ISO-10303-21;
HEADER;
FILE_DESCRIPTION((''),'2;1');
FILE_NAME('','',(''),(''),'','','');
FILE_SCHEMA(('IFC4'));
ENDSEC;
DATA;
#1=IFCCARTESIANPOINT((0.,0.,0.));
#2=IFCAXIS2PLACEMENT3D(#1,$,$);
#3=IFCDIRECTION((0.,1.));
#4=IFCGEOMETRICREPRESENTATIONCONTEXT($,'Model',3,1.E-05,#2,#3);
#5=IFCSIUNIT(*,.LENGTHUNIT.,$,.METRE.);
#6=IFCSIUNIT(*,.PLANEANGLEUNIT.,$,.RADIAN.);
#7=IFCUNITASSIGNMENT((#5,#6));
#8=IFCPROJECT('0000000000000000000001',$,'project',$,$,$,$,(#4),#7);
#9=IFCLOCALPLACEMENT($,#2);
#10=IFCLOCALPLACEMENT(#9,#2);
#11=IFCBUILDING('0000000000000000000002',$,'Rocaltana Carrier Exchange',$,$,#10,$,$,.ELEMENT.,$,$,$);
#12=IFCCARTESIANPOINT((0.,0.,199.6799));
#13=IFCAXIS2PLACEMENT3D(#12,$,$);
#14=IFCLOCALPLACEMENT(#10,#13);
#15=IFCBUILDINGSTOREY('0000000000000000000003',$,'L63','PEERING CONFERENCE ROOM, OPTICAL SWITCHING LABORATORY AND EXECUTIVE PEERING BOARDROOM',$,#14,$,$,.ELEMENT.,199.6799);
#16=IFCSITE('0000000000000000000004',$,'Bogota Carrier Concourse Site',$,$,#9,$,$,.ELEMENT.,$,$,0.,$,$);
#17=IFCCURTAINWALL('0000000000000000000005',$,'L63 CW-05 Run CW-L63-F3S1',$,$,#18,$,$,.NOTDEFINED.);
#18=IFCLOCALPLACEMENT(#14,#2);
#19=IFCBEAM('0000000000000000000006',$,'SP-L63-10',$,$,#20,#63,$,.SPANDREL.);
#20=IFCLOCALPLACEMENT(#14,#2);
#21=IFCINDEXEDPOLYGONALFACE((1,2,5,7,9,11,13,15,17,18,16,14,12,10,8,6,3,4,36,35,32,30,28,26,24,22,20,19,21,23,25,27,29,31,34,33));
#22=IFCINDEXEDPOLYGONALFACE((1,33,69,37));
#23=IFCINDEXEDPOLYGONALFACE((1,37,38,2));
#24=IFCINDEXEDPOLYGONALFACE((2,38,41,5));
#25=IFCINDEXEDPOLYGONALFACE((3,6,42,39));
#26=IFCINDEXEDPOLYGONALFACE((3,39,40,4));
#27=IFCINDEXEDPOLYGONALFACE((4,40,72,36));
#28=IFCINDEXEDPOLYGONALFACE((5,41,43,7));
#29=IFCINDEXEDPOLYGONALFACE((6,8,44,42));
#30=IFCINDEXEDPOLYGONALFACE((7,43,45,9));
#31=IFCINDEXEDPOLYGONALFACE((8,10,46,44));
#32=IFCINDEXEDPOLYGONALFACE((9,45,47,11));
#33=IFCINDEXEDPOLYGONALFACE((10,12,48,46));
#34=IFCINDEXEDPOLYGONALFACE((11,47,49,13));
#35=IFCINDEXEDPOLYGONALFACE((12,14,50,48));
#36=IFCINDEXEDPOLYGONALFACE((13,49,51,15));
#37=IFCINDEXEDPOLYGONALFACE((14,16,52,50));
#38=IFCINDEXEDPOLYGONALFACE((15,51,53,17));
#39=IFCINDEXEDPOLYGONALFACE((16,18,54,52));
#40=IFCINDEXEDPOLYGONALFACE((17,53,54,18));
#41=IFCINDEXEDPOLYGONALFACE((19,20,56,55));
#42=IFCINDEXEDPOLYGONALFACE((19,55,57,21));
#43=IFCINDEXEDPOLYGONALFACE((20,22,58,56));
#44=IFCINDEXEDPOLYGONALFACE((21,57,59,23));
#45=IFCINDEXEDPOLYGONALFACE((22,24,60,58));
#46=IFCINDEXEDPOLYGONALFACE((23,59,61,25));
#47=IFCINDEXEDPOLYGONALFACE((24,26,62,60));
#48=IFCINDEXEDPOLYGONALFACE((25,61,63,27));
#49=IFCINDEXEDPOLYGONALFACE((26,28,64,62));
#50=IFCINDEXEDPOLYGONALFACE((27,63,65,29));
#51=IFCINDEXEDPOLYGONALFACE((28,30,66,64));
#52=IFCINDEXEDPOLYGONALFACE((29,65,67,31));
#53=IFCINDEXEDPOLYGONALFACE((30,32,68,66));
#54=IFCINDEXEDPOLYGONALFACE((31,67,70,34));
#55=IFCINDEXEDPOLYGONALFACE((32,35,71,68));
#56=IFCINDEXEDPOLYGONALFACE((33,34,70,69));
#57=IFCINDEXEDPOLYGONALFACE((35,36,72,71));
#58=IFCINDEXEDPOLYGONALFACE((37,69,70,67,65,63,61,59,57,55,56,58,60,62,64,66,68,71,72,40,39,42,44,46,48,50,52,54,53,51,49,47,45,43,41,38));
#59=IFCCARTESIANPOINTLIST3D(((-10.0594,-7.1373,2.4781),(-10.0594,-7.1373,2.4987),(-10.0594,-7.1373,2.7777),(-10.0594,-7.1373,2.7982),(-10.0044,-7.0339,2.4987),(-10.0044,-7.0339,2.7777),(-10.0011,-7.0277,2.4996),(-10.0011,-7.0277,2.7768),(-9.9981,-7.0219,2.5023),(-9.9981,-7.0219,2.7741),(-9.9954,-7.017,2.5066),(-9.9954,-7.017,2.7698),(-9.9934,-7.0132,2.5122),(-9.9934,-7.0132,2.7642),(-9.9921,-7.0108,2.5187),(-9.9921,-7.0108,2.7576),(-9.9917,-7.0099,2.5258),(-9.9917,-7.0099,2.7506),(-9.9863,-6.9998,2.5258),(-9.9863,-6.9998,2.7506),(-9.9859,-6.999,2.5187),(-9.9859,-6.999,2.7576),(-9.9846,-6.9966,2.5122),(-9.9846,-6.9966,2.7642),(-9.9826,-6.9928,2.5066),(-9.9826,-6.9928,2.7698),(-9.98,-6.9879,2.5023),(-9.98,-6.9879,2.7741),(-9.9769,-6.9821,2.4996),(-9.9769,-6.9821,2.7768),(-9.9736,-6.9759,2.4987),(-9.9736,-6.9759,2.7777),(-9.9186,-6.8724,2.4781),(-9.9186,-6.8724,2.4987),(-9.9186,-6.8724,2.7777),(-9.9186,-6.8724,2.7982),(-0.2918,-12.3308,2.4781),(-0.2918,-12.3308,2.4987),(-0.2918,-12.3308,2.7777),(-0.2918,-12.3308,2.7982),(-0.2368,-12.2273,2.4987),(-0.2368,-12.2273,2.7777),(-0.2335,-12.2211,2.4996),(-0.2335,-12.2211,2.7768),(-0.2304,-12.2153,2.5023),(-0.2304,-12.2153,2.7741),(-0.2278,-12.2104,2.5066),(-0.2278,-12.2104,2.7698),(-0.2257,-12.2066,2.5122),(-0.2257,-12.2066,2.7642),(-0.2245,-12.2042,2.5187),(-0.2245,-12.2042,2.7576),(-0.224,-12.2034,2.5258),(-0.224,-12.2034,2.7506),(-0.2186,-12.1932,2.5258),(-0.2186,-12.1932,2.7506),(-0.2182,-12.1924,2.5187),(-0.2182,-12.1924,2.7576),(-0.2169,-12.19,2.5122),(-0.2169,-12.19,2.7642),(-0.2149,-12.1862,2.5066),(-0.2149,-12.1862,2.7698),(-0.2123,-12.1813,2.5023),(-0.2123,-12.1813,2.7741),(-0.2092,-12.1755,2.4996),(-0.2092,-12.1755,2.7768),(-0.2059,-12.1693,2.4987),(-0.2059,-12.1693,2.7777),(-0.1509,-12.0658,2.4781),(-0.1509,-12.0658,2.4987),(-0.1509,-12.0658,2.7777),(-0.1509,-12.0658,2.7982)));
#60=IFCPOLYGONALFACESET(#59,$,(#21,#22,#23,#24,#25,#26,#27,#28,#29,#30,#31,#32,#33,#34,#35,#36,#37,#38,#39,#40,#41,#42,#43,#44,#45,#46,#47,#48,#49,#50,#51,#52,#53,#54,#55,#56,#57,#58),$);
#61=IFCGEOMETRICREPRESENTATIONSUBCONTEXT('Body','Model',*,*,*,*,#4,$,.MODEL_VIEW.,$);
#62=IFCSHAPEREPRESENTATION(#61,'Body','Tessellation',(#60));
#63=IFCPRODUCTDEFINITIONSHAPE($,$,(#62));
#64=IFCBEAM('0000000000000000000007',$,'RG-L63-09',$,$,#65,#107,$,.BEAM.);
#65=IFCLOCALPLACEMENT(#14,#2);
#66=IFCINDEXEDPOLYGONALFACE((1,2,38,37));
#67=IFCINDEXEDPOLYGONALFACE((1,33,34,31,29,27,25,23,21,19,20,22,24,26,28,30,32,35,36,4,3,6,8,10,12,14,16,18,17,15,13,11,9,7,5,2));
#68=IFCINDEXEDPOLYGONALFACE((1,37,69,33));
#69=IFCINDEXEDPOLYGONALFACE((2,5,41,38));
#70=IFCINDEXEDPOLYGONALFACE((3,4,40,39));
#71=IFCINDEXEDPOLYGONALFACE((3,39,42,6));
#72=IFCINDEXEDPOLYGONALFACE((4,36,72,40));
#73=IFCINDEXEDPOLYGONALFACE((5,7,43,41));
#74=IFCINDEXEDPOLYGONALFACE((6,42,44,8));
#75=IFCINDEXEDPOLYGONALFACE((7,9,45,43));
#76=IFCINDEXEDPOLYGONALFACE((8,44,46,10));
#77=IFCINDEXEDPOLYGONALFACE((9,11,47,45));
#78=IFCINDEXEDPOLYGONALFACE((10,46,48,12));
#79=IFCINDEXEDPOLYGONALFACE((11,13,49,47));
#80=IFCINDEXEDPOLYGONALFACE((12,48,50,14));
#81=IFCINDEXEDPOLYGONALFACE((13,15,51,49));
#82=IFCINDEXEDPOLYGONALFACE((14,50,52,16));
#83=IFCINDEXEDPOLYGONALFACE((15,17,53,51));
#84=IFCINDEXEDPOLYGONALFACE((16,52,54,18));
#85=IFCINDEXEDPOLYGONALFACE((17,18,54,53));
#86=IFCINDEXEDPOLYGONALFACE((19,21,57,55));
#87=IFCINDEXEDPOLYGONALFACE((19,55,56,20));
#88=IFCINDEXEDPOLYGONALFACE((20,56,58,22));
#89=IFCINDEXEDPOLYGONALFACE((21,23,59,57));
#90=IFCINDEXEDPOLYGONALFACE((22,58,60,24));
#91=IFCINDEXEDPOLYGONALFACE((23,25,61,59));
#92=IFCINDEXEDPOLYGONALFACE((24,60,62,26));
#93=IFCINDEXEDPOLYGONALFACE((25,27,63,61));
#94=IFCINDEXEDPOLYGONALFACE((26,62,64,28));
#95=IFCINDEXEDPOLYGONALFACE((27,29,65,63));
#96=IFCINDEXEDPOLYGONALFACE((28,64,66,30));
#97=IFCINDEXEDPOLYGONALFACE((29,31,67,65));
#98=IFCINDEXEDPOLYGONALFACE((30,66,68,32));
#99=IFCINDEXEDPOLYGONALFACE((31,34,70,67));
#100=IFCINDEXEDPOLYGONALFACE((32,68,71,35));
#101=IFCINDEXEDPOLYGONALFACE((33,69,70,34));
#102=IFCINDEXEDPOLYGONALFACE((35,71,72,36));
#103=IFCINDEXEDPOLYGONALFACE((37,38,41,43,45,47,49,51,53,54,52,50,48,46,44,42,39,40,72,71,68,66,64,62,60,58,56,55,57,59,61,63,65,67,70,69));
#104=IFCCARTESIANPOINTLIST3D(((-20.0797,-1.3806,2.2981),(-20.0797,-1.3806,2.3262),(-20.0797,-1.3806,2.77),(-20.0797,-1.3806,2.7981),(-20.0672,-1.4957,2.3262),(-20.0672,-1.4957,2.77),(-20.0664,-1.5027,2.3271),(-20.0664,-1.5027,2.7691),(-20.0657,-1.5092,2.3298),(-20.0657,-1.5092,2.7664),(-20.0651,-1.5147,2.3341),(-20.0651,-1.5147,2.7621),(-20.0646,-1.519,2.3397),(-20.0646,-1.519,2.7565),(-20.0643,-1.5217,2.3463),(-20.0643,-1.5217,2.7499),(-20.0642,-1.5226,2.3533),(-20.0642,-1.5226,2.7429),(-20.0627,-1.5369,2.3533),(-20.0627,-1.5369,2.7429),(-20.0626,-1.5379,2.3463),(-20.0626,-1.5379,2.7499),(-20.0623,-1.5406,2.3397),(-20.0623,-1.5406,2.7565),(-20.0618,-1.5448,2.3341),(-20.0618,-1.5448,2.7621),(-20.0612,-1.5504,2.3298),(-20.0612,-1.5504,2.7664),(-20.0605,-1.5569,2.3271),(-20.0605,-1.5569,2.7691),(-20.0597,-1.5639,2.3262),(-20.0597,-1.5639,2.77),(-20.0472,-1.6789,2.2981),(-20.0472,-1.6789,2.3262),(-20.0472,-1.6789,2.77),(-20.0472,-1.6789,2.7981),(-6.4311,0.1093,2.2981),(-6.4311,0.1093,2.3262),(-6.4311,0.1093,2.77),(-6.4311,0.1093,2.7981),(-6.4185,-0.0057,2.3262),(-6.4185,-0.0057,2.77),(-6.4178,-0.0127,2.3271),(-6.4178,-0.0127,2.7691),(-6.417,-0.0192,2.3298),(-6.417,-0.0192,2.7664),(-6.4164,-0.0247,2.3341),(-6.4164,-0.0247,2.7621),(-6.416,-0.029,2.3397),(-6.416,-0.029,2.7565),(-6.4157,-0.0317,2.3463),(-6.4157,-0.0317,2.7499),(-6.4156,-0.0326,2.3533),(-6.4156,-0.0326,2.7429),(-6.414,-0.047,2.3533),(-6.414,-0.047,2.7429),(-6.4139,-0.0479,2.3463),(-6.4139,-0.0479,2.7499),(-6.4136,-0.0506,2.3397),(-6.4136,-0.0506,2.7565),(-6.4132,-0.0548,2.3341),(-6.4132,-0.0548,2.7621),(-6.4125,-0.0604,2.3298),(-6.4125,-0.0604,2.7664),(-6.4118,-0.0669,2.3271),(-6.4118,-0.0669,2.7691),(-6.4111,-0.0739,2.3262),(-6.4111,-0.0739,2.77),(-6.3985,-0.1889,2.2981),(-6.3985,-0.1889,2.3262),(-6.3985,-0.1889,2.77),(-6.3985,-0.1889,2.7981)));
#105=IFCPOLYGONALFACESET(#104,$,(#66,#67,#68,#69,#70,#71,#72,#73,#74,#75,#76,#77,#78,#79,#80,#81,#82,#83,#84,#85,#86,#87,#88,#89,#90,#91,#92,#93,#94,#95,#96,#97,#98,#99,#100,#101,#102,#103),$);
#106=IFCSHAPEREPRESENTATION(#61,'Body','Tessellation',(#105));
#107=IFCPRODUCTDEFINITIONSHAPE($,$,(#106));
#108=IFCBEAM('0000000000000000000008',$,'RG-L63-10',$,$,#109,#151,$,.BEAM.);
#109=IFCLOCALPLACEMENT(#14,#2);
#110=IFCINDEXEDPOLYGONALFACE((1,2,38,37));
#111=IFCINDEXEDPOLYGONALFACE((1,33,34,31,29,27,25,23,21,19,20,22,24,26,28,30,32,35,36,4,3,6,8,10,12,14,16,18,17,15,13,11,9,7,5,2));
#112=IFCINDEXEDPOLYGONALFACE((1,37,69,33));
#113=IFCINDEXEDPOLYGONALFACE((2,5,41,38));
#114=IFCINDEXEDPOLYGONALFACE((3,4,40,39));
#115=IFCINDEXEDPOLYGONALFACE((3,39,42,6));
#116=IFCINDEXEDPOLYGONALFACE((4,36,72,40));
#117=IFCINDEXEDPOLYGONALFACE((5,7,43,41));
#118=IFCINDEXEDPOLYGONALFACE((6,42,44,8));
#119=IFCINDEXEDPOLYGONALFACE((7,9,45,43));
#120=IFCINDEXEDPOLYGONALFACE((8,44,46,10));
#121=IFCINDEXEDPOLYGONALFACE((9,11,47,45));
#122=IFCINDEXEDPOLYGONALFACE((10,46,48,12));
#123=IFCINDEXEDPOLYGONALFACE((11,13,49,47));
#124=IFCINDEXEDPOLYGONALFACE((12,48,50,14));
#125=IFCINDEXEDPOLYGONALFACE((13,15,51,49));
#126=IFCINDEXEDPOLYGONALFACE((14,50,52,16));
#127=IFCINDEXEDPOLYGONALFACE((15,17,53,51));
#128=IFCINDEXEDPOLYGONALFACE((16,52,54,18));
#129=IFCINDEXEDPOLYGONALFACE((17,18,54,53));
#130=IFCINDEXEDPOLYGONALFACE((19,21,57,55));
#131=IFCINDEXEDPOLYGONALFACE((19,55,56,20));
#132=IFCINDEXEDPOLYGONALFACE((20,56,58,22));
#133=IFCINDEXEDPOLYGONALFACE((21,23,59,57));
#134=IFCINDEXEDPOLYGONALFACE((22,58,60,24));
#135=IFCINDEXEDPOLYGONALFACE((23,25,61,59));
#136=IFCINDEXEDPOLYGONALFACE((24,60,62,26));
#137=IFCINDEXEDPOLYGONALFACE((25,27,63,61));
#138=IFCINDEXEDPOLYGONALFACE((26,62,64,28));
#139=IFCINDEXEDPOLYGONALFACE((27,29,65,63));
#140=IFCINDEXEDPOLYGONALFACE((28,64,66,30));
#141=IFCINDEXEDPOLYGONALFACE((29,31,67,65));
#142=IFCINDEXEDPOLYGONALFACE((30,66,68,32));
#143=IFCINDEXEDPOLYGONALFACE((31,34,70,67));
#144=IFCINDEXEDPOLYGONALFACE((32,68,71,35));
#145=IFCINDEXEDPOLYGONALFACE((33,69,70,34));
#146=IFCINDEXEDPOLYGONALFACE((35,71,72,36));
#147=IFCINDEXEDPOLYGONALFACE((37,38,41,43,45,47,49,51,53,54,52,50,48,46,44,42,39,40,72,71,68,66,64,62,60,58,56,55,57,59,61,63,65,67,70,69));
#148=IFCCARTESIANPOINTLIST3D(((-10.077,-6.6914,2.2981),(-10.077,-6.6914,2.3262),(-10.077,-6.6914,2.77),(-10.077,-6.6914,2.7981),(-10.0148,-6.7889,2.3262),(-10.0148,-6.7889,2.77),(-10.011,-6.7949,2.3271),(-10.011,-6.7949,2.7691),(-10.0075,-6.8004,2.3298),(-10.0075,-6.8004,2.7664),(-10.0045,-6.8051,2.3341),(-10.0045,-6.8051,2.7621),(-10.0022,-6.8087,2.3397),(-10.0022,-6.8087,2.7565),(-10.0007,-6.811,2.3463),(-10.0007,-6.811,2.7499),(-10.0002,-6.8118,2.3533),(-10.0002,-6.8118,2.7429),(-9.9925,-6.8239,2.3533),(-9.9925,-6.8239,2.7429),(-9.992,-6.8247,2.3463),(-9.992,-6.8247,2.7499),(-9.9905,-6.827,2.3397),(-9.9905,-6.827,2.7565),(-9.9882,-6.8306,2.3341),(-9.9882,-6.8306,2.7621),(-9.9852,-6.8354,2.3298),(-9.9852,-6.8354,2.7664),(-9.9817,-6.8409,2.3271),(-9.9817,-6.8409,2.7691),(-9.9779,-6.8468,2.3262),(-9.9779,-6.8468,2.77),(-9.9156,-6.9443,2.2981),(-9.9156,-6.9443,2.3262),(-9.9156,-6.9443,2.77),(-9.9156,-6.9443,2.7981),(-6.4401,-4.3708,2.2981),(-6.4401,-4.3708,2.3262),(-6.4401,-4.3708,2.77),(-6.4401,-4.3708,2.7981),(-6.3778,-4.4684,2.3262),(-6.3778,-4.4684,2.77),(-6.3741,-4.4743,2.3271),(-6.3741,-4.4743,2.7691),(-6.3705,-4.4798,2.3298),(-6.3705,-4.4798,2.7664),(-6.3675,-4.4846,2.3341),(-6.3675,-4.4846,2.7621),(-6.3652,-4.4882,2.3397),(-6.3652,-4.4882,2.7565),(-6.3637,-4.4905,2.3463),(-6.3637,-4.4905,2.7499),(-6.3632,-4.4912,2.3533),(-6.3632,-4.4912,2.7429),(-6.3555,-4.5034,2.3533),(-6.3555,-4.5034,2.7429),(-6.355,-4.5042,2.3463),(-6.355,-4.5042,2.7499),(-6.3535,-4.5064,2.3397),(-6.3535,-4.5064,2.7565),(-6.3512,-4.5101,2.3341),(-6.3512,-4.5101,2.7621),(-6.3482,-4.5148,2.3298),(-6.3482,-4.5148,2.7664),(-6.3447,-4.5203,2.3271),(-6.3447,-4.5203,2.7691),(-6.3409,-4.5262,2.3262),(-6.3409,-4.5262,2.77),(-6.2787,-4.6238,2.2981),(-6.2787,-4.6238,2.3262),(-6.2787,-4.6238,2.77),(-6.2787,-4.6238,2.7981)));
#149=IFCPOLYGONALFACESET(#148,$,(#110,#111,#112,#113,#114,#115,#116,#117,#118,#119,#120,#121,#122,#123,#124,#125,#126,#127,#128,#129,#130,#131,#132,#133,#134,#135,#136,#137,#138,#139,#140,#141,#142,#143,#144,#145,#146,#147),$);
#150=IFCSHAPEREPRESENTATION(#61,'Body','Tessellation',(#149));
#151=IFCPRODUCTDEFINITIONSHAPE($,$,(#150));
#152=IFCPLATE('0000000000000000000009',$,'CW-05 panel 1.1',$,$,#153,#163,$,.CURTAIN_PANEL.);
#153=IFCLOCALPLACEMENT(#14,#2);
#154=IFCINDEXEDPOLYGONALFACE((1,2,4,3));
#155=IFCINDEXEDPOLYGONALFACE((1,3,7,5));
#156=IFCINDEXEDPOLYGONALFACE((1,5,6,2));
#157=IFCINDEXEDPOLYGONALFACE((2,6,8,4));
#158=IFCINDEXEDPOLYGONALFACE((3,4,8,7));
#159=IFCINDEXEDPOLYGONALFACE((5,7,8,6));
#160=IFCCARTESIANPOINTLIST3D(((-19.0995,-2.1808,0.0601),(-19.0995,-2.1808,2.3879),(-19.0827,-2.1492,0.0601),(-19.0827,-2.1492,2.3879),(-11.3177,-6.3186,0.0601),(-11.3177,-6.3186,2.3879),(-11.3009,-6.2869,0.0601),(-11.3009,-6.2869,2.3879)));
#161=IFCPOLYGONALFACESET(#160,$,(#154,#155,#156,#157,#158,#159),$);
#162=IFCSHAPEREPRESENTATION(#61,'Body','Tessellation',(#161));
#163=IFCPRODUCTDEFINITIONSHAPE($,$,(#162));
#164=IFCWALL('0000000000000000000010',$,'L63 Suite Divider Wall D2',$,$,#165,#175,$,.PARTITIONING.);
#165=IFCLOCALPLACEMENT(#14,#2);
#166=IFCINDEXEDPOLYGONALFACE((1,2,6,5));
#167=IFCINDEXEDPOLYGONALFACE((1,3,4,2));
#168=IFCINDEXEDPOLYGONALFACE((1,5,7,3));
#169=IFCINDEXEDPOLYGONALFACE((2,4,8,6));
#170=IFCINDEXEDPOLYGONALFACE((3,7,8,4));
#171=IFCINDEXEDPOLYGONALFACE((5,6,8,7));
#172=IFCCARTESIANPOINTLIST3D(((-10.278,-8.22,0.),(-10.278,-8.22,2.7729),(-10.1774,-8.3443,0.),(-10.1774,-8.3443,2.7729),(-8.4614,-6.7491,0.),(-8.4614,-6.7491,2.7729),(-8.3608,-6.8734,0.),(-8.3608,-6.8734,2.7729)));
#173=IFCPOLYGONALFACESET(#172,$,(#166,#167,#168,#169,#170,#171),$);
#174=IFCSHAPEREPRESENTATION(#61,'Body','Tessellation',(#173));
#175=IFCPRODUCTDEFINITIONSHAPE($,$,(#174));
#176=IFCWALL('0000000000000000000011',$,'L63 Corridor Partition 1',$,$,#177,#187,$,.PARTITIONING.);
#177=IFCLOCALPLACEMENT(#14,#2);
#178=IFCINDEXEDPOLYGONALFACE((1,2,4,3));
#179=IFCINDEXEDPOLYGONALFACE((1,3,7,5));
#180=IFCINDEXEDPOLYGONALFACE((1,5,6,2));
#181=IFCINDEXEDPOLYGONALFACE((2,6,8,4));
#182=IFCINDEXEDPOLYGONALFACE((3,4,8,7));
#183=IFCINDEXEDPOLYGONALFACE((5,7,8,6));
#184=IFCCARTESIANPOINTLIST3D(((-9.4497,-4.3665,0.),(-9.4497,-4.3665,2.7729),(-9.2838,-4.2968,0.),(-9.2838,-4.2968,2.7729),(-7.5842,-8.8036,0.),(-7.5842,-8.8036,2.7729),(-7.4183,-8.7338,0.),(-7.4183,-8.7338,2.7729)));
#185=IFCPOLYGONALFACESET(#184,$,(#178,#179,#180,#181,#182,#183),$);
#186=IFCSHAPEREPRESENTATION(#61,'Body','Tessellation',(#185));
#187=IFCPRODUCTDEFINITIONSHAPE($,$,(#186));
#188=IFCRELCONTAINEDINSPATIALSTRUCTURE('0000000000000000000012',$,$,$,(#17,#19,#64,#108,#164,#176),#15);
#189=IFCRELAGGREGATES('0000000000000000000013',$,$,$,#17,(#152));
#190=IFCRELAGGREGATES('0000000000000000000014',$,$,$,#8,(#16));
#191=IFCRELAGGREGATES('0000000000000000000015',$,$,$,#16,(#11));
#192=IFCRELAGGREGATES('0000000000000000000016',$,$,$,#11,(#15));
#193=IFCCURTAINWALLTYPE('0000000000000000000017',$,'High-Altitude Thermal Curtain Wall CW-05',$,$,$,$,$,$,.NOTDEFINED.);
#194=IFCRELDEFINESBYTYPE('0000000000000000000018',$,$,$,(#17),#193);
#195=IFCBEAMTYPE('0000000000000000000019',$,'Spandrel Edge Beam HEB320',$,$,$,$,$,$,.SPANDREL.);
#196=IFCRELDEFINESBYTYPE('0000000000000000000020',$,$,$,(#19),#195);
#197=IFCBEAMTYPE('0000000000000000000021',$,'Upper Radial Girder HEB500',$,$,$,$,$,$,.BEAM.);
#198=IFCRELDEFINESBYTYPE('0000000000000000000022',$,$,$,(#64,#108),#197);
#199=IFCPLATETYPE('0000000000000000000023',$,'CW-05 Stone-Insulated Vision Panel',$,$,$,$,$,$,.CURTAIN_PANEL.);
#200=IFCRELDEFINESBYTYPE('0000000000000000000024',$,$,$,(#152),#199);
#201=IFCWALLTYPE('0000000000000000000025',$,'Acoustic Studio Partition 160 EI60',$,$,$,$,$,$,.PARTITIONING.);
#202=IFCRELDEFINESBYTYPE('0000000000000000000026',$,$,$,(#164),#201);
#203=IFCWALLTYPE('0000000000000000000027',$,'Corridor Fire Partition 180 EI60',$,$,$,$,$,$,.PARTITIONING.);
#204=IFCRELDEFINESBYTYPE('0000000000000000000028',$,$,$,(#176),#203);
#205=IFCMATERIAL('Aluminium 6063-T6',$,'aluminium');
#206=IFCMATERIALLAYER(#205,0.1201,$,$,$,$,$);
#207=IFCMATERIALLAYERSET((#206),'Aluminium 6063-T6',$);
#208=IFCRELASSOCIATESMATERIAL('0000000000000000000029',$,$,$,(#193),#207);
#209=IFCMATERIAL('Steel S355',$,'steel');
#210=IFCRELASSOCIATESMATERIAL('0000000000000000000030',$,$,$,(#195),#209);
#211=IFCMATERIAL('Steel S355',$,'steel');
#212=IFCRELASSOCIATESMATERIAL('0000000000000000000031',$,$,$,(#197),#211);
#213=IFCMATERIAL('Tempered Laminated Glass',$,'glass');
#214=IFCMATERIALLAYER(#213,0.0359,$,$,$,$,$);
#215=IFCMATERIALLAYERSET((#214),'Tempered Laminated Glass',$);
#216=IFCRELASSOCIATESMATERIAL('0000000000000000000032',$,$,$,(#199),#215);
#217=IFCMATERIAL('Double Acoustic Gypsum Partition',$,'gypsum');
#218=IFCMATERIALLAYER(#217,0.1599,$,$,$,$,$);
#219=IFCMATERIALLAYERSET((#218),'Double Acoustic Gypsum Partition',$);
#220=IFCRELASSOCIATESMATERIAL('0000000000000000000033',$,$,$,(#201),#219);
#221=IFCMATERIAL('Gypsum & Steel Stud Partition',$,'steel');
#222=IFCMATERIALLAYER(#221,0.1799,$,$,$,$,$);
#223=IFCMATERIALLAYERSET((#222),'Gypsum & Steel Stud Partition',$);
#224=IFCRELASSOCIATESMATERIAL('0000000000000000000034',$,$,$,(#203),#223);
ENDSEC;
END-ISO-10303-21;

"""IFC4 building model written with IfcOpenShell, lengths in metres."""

from ifc_helpers import new_model, si_unit, direction, frame, frame_2d, origin, origin_2d, place, context, subcontext, project, spatial, rectangle, i_section, extrude, material, layer, layer_set, material_profile, profile_set, type_object, element, aggregate, save


model = new_model("IFC4")

# Units and contexts
model_context = context("Model", 3, precision=1e-05, world=origin(), true_north=direction((0.0, 1.0)))
body_context = subcontext(model_context, "Body", "Model", "MODEL_VIEW")
ifc_project = project(units=[si_unit("LENGTHUNIT", "METRE"), si_unit("PLANEANGLEUNIT", "RADIAN")], contexts=[model_context])

# Site, building, storey
site_placement = place(None, origin())
site = spatial("IfcSite", under=ifc_project, at=site_placement, Name="Bogota Carrier Concourse Site", CompositionType="ELEMENT", RefElevation=0.0)
building_placement = place(site_placement, origin())
building = spatial("IfcBuilding", under=site, at=building_placement, Name="Rocaltana Carrier Exchange", CompositionType="ELEMENT")
storey_placement = place(building_placement, frame((0.0, 0.0, 199.6799)))
storey = spatial("IfcBuildingStorey", under=building, at=storey_placement, Name="L63", Description="PEERING CONFERENCE ROOM, OPTICAL SWITCHING LABORATORY AND EXECUTIVE PEERING BOARDROOM", CompositionType="ELEMENT", Elevation=199.6799)

# Curtain wall
ifc_material_1 = material(Name="Aluminium 6063-T6", Category="aluminium")
ifc_layer_1 = layer(ifc_material_1, 0.1201)
ifc_layer_set_1 = layer_set([ifc_layer_1], Name="Aluminium 6063-T6")
curtain_wall_type = type_object("IfcCurtainWallType", Name="High-Altitude Thermal Curtain Wall CW-05", PredefinedType="NOTDEFINED", material=ifc_layer_set_1)
curtain_wall_1_placement = place(storey_placement, origin())
curtain_wall_1 = element("IfcCurtainWall", 1, at=curtain_wall_1_placement, inside=storey, type_object=curtain_wall_type, Name="L63 CW-05 Run CW-L63-F3S1", PredefinedType="NOTDEFINED")

# Beams
ifc_material_2 = material(Name="Steel S355", Category="steel")
ifc_material_profile_1 = material_profile(ifc_material_2, i_section(OverallWidth=0.3, OverallDepth=0.3201, WebThickness=0.0115, FlangeThickness=0.0205, FilletRadius=0.0271, at=origin_2d()), Name="HEB320")
ifc_profile_set_1 = profile_set([ifc_material_profile_1], Name="Steel S355")
beam_type_1 = type_object("IfcBeamType", Name="Spandrel Edge Beam HEB320", PredefinedType="SPANDREL", material=ifc_profile_set_1)
for number, where, z_axis, x_axis, name in (
    (2, (-9.989, -7.0049, 2.6382), (0.882953, -0.469461, 0.0), (0.469461, 0.882953, 0.0), "SP-L63-10"),
):
    element("IfcBeam", number, at=place(storey_placement, frame(where, z_axis=z_axis, x_axis=x_axis)), inside=storey, type_object=beam_type_1, Name=name, PredefinedType="SPANDREL", context=body_context, shape_type="SweptSolid", body=[
        extrude(i_section(OverallWidth=0.3, OverallDepth=0.3201, WebThickness=0.0115, FlangeThickness=0.0205, FilletRadius=0.0271, at=origin_2d()), origin(), (0.0, 0.0, 1.0), 11.0625),
    ])
ifc_material_3 = material(Name="Steel S355", Category="steel")
ifc_material_profile_2 = material_profile(ifc_material_3, i_section(OverallWidth=0.3, OverallDepth=0.5, WebThickness=0.0144, FlangeThickness=0.0281, FilletRadius=0.0271, at=origin_2d()), Name="HEB500")
ifc_profile_set_2 = profile_set([ifc_material_profile_2], Name="Steel S355")
beam_type_2 = type_object("IfcBeamType", Name="Upper Radial Girder HEB500", PredefinedType="BEAM", material=ifc_profile_set_2)
beam_1_placement = place(storey_placement, frame((-6.4148, -0.0398, 2.5481), z_axis=(-0.994094, -0.108523, 0.0), x_axis=(0.108523, -0.994094, 0.0)))
element("IfcBeam", 3, at=beam_1_placement, inside=storey, type_object=beam_type_2, Name="RG-L63-09", PredefinedType="BEAM", context=body_context, shape_type="SweptSolid", body=[
    extrude(i_section(OverallWidth=0.3, OverallDepth=0.5, WebThickness=0.0144, FlangeThickness=0.0281, FilletRadius=0.0271, at=origin_2d()), origin(), (0.0, 0.0, 1.0), 13.7297),
])
beam_2_placement = place(storey_placement, frame((-6.3594, -4.4973, 2.5481), z_axis=(-0.843018, -0.537886, 0.0), x_axis=(0.537886, -0.843018, 0.0)))
element("IfcBeam", 4, at=beam_2_placement, inside=storey, type_object=beam_type_2, Name="RG-L63-10", PredefinedType="BEAM", context=body_context, shape_type="SweptSolid", body=[
    extrude(i_section(OverallWidth=0.3, OverallDepth=0.5, WebThickness=0.0144, FlangeThickness=0.0281, FilletRadius=0.0271, at=origin_2d()), origin(), (0.0, 0.0, 1.0), 4.3142),
])

# Plate
ifc_material_4 = material(Name="Tempered Laminated Glass", Category="glass")
ifc_layer_2 = layer(ifc_material_4, 0.0359)
ifc_layer_set_2 = layer_set([ifc_layer_2], Name="Tempered Laminated Glass")
plate_type = type_object("IfcPlateType", Name="CW-05 Stone-Insulated Vision Panel", PredefinedType="CURTAIN_PANEL", material=ifc_layer_set_2)
plate_placement = place(storey_placement, frame((-15.2002, -4.2339, 0.0601), z_axis=(0.0, 0.0, 1.0), x_axis=(0.882941, -0.469483, 0.0)))
plate = element("IfcPlate", 5, at=plate_placement, type_object=plate_type, Name="CW-05 panel 1.1", PredefinedType="CURTAIN_PANEL", context=body_context, shape_type="SweptSolid", body=[
    extrude(rectangle(XDim=8.8135, YDim=0.0359, at=origin_2d()), origin(), (0.0, 0.0, 1.0), 2.3279),
])
aggregate(curtain_wall_1, [plate])

# Walls
ifc_material_5 = material(Name="Double Acoustic Gypsum Partition", Category="gypsum")
ifc_layer_3 = layer(ifc_material_5, 0.1599)
ifc_layer_set_3 = layer_set([ifc_layer_3], Name="Double Acoustic Gypsum Partition")
wall_type_1 = type_object("IfcWallType", Name="Acoustic Studio Partition 160 EI60", PredefinedType="PARTITIONING", material=ifc_layer_set_3)
wall_1_placement = place(storey_placement, frame((-8.4111, -6.8113, 0.0), z_axis=(0.0, 0.0, 1.0), x_axis=(-0.777177, -0.629282, 0.0)))
element("IfcWall", 6, at=wall_1_placement, inside=storey, type_object=wall_type_1, Name="L63 Suite Divider Wall D2", PredefinedType="PARTITIONING", context=body_context, shape_type="SweptSolid", body=[
    extrude(rectangle(XDim=2.3374, YDim=0.1599, at=frame_2d((1.1687, 0.0))), origin(), (0.0, 0.0, 1.0), 2.7729),
])
ifc_material_6 = material(Name="Gypsum & Steel Stud Partition", Category="steel")
ifc_layer_4 = layer(ifc_material_6, 0.1799)
ifc_layer_set_4 = layer_set([ifc_layer_4], Name="Gypsum & Steel Stud Partition")
wall_type_2 = type_object("IfcWallType", Name="Corridor Fire Partition 180 EI60", PredefinedType="PARTITIONING", material=ifc_layer_set_4)
wall_2_placement = place(storey_placement, frame((-7.5012, -8.7688, 0.0), z_axis=(0.0, 0.0, 1.0), x_axis=(-0.387574, 0.921839, 0.0)))
element("IfcWall", 7, at=wall_2_placement, inside=storey, type_object=wall_type_2, Name="L63 Corridor Partition 1", PredefinedType="PARTITIONING", context=body_context, shape_type="SweptSolid", body=[
    extrude(rectangle(XDim=4.8132, YDim=0.1799, at=frame_2d((2.4067, 0.0))), origin(), (0.0, 0.0, 1.0), 2.7729),
])

save(model, "model.ifc")
